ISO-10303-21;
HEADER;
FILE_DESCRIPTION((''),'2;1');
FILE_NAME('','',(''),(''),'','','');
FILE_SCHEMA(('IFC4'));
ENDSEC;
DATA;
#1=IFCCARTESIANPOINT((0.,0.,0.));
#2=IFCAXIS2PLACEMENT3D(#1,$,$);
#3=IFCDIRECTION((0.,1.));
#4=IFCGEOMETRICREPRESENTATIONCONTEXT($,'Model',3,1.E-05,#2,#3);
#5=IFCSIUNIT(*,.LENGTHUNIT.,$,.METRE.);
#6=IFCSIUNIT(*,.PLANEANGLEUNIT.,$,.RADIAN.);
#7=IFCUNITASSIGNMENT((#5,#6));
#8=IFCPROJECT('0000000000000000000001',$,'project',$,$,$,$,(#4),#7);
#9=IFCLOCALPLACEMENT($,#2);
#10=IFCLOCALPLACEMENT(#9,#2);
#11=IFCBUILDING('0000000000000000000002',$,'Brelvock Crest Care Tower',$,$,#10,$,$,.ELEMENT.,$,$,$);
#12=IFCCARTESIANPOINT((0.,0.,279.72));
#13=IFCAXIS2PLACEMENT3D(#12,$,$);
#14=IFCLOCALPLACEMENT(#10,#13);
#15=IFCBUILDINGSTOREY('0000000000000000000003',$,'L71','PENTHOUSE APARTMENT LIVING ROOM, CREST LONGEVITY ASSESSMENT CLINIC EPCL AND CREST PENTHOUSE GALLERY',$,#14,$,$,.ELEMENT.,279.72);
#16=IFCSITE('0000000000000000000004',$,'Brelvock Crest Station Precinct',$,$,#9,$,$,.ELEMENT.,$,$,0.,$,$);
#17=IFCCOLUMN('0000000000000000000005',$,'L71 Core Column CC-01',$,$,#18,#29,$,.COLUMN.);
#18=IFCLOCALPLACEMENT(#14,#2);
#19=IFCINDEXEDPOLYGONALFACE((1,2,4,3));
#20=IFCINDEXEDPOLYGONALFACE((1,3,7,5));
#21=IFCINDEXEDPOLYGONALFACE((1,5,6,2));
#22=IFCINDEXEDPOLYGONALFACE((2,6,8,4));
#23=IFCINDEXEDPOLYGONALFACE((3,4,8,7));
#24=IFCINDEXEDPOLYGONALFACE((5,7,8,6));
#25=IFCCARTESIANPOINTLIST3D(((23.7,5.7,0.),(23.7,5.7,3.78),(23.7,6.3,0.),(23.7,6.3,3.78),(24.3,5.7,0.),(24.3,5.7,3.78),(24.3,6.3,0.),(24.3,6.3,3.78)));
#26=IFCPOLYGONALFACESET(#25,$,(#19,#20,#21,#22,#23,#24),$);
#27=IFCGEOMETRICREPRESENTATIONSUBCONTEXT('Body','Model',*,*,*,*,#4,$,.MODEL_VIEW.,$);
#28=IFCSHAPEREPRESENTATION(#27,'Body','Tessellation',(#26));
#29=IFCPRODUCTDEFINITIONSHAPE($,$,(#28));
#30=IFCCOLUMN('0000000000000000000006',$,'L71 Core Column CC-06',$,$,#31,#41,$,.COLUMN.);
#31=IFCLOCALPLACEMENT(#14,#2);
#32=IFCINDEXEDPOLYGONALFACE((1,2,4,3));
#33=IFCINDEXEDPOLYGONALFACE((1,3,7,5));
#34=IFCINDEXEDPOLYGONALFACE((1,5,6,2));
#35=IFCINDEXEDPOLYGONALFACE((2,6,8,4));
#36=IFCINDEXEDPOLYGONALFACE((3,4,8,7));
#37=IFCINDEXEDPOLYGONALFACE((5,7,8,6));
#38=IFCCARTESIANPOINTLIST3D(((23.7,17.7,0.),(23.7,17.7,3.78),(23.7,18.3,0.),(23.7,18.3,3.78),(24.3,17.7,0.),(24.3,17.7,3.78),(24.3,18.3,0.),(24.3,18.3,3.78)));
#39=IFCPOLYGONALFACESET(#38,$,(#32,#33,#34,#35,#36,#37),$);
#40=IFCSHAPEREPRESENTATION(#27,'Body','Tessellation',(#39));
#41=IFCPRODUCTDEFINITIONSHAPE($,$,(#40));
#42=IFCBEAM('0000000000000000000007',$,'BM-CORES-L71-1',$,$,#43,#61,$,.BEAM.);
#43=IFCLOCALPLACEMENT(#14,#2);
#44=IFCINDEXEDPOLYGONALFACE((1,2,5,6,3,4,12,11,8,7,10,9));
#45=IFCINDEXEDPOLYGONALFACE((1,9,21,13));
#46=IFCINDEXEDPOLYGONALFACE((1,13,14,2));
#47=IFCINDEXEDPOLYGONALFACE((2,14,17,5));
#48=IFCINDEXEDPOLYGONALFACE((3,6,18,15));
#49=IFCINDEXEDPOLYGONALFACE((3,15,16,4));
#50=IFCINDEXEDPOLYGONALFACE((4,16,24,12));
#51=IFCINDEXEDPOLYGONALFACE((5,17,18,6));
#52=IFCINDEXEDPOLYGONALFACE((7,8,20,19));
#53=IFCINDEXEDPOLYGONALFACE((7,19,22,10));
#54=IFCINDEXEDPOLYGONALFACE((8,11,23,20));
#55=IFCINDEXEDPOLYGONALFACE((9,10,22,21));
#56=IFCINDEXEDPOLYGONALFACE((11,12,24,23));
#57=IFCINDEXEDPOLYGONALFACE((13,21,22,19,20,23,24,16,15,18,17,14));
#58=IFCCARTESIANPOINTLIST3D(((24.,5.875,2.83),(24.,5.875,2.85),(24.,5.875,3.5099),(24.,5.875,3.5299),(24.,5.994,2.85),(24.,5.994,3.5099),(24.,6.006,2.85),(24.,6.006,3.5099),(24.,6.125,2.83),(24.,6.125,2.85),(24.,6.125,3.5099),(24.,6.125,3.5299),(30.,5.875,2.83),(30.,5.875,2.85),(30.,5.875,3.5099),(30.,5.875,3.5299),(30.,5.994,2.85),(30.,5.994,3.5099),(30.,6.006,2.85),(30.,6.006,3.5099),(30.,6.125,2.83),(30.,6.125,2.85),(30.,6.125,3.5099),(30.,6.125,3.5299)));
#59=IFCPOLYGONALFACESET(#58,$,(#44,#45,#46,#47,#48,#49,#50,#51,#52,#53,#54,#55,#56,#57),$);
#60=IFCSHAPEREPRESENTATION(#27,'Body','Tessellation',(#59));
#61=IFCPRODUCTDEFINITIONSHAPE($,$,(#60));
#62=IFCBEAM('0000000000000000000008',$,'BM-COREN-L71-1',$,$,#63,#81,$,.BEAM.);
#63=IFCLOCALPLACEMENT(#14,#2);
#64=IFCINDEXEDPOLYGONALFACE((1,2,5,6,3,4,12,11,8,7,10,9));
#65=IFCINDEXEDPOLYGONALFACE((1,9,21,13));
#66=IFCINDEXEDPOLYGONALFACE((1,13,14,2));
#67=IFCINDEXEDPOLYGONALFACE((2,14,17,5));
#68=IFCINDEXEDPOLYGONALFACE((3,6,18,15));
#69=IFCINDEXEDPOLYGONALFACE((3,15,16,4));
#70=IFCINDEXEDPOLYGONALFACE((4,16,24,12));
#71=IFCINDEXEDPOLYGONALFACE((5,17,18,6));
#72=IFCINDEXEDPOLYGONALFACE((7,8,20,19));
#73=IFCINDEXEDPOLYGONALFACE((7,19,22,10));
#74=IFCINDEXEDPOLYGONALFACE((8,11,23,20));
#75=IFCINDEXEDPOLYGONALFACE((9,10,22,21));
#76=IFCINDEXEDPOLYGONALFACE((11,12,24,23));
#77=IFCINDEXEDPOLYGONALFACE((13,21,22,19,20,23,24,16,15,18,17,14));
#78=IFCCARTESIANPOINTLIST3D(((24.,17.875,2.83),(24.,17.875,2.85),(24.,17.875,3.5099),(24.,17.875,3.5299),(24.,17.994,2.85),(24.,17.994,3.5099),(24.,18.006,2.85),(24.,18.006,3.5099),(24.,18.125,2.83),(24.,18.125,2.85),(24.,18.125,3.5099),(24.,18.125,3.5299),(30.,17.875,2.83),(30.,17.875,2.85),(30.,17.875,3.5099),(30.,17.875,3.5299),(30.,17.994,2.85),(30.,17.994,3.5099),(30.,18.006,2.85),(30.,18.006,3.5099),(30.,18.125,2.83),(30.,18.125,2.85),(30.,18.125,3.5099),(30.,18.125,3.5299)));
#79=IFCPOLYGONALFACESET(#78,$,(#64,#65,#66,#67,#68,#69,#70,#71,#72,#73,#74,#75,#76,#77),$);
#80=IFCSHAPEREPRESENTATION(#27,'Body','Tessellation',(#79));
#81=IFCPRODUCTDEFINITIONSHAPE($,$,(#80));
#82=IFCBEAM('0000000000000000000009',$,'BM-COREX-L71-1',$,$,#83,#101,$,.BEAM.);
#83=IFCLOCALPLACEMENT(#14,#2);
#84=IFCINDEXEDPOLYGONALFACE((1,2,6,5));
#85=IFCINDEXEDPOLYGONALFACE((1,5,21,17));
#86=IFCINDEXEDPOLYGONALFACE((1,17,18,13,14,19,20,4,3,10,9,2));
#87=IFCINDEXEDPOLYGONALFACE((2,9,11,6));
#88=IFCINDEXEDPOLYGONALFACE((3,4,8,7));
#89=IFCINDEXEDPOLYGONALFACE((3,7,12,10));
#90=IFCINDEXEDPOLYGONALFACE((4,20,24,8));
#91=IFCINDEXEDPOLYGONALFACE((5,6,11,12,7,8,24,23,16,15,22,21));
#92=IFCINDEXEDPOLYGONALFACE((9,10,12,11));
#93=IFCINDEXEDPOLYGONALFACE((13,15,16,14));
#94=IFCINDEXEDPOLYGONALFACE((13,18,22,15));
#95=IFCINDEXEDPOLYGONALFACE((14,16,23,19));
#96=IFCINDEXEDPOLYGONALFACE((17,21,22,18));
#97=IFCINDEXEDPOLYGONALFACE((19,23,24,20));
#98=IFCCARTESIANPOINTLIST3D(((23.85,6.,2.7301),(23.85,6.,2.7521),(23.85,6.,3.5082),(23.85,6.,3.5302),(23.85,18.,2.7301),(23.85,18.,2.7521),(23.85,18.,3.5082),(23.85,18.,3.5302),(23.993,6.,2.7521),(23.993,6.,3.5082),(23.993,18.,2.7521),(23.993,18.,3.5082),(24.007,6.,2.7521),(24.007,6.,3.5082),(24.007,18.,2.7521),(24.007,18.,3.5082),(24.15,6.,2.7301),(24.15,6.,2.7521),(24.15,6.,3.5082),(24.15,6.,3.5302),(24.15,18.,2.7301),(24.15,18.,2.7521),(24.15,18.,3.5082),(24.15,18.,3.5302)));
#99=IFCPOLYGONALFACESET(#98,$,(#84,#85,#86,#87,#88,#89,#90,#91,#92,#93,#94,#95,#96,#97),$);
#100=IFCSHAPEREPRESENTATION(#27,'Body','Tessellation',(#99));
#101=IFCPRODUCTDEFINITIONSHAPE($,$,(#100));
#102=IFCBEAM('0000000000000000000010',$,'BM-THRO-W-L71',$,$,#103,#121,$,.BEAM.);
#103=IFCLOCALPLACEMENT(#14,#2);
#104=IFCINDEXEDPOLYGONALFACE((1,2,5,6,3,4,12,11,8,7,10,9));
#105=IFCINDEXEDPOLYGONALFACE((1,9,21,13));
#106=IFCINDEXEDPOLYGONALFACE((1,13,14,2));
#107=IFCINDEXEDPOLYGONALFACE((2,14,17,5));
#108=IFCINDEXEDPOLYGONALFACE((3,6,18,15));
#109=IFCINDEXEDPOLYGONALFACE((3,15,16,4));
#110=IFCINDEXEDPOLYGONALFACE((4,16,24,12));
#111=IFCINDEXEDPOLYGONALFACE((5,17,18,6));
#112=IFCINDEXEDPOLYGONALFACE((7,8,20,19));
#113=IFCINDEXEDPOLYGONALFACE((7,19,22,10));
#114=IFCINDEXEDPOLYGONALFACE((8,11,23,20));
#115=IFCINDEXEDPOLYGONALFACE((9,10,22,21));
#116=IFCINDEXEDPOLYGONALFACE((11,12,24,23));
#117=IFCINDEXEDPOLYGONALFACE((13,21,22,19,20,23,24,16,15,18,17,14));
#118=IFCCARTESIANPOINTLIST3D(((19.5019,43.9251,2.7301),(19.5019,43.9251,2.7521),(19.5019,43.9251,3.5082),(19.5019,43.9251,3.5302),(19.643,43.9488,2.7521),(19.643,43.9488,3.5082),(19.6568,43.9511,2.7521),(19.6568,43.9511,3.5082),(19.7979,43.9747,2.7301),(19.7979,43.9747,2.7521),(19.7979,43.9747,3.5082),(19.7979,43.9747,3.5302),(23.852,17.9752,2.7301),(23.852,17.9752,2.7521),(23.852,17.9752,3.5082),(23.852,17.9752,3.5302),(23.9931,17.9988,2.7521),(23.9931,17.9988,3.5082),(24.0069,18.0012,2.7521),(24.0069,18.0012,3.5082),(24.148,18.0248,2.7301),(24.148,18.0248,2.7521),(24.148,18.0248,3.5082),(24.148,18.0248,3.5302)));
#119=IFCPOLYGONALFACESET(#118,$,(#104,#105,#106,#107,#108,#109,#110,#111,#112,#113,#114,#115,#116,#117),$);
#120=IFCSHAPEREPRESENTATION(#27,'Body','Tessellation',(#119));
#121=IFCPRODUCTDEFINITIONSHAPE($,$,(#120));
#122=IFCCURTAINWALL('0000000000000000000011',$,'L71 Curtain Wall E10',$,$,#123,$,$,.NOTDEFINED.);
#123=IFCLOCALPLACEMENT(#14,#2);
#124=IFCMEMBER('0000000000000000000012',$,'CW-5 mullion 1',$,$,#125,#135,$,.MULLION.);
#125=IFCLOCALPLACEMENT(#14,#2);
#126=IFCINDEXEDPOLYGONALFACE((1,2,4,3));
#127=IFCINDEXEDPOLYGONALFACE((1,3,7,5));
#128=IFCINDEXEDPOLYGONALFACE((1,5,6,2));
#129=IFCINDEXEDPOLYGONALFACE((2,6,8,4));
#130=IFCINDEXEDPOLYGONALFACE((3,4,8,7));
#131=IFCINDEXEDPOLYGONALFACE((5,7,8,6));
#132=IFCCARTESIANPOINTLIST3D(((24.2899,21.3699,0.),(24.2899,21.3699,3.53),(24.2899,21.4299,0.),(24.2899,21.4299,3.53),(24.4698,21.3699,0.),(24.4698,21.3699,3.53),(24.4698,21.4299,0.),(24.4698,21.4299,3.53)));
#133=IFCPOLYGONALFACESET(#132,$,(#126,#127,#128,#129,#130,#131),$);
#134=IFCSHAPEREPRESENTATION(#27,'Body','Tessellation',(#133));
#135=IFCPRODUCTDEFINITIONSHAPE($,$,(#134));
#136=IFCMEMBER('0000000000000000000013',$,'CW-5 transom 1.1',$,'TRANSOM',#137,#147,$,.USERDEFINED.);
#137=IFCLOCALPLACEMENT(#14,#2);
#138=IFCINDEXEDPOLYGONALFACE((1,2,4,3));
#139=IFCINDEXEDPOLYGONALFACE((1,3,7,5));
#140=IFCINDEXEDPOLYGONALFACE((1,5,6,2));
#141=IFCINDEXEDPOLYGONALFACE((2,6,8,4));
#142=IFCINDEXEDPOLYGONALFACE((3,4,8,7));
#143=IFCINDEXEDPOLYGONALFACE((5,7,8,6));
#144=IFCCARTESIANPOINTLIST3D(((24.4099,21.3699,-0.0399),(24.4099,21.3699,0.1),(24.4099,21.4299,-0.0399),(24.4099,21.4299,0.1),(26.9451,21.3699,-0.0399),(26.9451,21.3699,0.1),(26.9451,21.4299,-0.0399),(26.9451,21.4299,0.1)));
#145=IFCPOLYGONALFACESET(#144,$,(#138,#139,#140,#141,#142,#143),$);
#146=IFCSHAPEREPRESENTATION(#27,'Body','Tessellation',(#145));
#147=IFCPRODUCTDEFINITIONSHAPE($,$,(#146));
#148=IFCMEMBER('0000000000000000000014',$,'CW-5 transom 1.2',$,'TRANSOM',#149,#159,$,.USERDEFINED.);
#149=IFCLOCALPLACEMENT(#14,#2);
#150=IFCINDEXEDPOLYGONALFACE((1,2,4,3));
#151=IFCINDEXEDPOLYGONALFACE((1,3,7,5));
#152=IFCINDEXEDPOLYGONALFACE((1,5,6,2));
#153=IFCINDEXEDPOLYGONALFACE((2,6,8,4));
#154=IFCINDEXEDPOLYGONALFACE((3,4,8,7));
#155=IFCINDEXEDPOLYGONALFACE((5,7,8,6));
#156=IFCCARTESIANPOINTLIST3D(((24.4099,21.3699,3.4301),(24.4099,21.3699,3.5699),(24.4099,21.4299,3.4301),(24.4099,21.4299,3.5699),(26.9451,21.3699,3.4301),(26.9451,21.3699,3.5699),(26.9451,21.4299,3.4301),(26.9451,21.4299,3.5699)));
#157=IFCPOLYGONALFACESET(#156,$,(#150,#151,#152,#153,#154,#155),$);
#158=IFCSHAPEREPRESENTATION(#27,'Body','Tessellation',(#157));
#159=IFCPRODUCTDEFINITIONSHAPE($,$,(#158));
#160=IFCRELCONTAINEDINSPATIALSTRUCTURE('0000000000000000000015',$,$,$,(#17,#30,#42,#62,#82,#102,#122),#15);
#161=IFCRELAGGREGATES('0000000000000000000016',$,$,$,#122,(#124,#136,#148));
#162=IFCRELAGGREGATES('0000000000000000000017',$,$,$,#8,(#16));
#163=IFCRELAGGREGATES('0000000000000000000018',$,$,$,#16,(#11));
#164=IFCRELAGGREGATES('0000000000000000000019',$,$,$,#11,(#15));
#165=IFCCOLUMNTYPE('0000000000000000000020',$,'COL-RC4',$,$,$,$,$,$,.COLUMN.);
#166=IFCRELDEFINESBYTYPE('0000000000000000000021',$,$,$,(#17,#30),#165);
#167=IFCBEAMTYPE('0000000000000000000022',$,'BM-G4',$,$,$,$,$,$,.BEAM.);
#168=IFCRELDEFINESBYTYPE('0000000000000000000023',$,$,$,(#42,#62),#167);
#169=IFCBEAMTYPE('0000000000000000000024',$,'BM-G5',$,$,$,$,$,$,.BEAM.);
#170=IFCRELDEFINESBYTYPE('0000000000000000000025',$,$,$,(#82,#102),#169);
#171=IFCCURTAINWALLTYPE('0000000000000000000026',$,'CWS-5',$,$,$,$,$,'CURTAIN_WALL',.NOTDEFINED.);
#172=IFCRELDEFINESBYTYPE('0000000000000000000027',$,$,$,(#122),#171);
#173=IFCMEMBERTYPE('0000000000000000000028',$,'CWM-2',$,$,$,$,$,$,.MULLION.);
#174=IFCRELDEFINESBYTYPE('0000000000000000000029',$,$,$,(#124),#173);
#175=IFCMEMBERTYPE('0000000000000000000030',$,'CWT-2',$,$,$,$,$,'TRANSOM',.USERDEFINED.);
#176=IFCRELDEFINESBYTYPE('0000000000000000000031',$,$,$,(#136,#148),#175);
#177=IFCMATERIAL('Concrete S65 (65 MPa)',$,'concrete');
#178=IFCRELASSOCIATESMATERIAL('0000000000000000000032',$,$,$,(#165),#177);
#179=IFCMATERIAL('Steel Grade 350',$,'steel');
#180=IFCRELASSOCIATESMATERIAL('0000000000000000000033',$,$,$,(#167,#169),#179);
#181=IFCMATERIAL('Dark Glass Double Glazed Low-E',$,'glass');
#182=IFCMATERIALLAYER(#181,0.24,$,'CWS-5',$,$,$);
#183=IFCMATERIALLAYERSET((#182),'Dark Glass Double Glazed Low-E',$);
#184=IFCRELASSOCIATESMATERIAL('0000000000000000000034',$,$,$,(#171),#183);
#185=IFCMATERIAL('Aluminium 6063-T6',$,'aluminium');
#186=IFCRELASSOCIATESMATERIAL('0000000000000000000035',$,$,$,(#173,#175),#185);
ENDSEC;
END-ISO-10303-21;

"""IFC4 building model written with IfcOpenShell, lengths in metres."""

from ifc_helpers import new_model, si_unit, direction, frame, origin, origin_2d, place, context, subcontext, project, spatial, rectangle, i_section, extrude, source, transform, mapped, material, layer, layer_set, material_profile, profile_set, type_object, element, aggregate, save


model = new_model("IFC4")

# Units and contexts
model_context = context("Model", 3, precision=1e-05, world=origin(), true_north=direction((0.0, 1.0)))
body_context = subcontext(model_context, "Body", "Model", "MODEL_VIEW")
ifc_project = project(units=[si_unit("LENGTHUNIT", "METRE"), si_unit("PLANEANGLEUNIT", "RADIAN")], contexts=[model_context])

# Site, building, storey
site_placement = place(None, origin())
site = spatial("IfcSite", under=ifc_project, at=site_placement, Name="Brelvock Crest Station Precinct", CompositionType="ELEMENT", RefElevation=0.0)
building_placement = place(site_placement, origin())
building = spatial("IfcBuilding", under=site, at=building_placement, Name="Brelvock Crest Care Tower", CompositionType="ELEMENT")
storey_placement = place(building_placement, frame((0.0, 0.0, 279.72)))
storey = spatial("IfcBuildingStorey", under=building, at=storey_placement, Name="L71", Description="PENTHOUSE APARTMENT LIVING ROOM, CREST LONGEVITY ASSESSMENT CLINIC EPCL AND CREST PENTHOUSE GALLERY", CompositionType="ELEMENT", Elevation=279.72)

# Columns
ifc_material_1 = material(Name="Concrete S65 (65 MPa)", Category="concrete")
ifc_material_profile_1 = material_profile(ifc_material_1, rectangle(XDim=0.6001, YDim=0.6001, at=origin_2d()), Name="RC600x600")
ifc_profile_set_1 = profile_set([ifc_material_profile_1], Name="Concrete S65 (65 MPa)")
column_type = type_object("IfcColumnType", Name="COL-RC4", PredefinedType="COLUMN", material=ifc_profile_set_1)
shared_shape_1 = source(origin(), body_context, "Body", "SweptSolid", [
    extrude(rectangle(XDim=0.6001, YDim=0.6001, at=origin_2d()), origin(), (0.0, 0.0, 1.0), 3.78),
])
for number, where, z_axis, x_axis, name in (
    (1, (24.0, 6.0, 0.0), (0.0, 0.0, 1.0), (1.0, 0.0, 0.0), "L71 Core Column CC-01"),
    (2, (24.0, 18.0, 0.0), (0.0, 0.0, 1.0), (1.0, 0.0, 0.0), "L71 Core Column CC-06"),
):
    element("IfcColumn", number, at=place(storey_placement, frame(where, z_axis=z_axis, x_axis=x_axis)), inside=storey, type_object=column_type, Name=name, PredefinedType="COLUMN", context=body_context, shape_type="MappedRepresentation", body=[
        mapped(shared_shape_1, transform((0.0, 0.0, 0.0), x_axis=(1.0, 0.0, 0.0), y_axis=(0.0, 1.0, 0.0), z_axis=(0.0, 0.0, 1.0), scale=1.0)),
    ])

# Beams
ifc_material_2 = material(Name="Steel Grade 350", Category="steel")
ifc_material_profile_2 = material_profile(ifc_material_2, i_section(OverallWidth=0.25, OverallDepth=0.7, WebThickness=0.012, FlangeThickness=0.02, at=origin_2d()), Name="700WB150")
ifc_profile_set_2 = profile_set([ifc_material_profile_2], Name="Steel Grade 350")
beam_type_1 = type_object("IfcBeamType", Name="BM-G4", PredefinedType="BEAM", material=ifc_profile_set_2)
shared_shape_2 = source(origin(), body_context, "Body", "SweptSolid", [
    extrude(i_section(OverallWidth=0.25, OverallDepth=0.7, WebThickness=0.012, FlangeThickness=0.02, at=origin_2d()), origin(), (0.0, 0.0, 1.0), 6.0),
])
for number, where, z_axis, x_axis, name in (
    (3, (24.0, 6.0, 3.1799), (1.0, 0.0, 0.0), (0.0, 1.0, 0.0), "BM-CORES-L71-1"),
    (4, (24.0, 18.0, 3.1799), (1.0, 0.0, 0.0), (0.0, 1.0, 0.0), "BM-COREN-L71-1"),
):
    element("IfcBeam", number, at=place(storey_placement, frame(where, z_axis=z_axis, x_axis=x_axis)), inside=storey, type_object=beam_type_1, Name=name, PredefinedType="BEAM", context=body_context, shape_type="MappedRepresentation", body=[
        mapped(shared_shape_2, transform((0.0, 0.0, 0.0), x_axis=(1.0, 0.0, 0.0), y_axis=(0.0, 1.0, 0.0), z_axis=(0.0, 0.0, 1.0), scale=1.0)),
    ])
ifc_material_profile_3 = material_profile(ifc_material_2, i_section(OverallWidth=0.3, OverallDepth=0.8, WebThickness=0.0139, FlangeThickness=0.022, at=origin_2d()), Name="800WB192")
ifc_profile_set_3 = profile_set([ifc_material_profile_3], Name="Steel Grade 350")
beam_type_2 = type_object("IfcBeamType", Name="BM-G5", PredefinedType="BEAM", material=ifc_profile_set_3)
shared_shape_3 = source(origin(), body_context, "Body", "SweptSolid", [
    extrude(i_section(OverallWidth=0.3, OverallDepth=0.8, WebThickness=0.0139, FlangeThickness=0.022, at=origin_2d()), origin(), (0.0, 0.0, 1.0), 12.0),
])
beam_1_placement = place(storey_placement, frame((24.0, 6.0, 3.1301), z_axis=(0.0, 1.0, 0.0), x_axis=(-1.0, 0.0, 0.0)))
element("IfcBeam", 5, at=beam_1_placement, inside=storey, type_object=beam_type_2, Name="BM-COREX-L71-1", PredefinedType="BEAM", context=body_context, shape_type="MappedRepresentation", body=[
    mapped(shared_shape_3, transform((0.0, 0.0, 0.0), x_axis=(1.0, 0.0, 0.0), y_axis=(0.0, 1.0, 0.0), z_axis=(0.0, 0.0, 1.0), scale=1.0)),
])
shared_shape_4 = source(origin(), body_context, "Body", "SweptSolid", [
    extrude(i_section(OverallWidth=0.3, OverallDepth=0.8, WebThickness=0.0139, FlangeThickness=0.022, at=origin_2d()), origin(), (0.0, 0.0, 1.0), 26.312),
])
beam_2_placement = place(storey_placement, frame((24.0, 18.0, 3.1301), z_axis=(-0.165327, 0.986239, 0.0), x_axis=(-0.986239, -0.165327, 0.0)))
element("IfcBeam", 6, at=beam_2_placement, inside=storey, type_object=beam_type_2, Name="BM-THRO-W-L71", PredefinedType="BEAM", context=body_context, shape_type="MappedRepresentation", body=[
    mapped(shared_shape_4, transform((0.0, 0.0, 0.0), x_axis=(1.0, 0.0, 0.0), y_axis=(0.0, 1.0, 0.0), z_axis=(0.0, 0.0, 1.0), scale=1.0)),
])

# Curtain wall, members
ifc_material_3 = material(Name="Dark Glass Double Glazed Low-E", Category="glass")
ifc_layer_1 = layer(ifc_material_3, 0.24, Name="CWS-5")
ifc_layer_set_1 = layer_set([ifc_layer_1], Name="Dark Glass Double Glazed Low-E")
curtain_wall_type = type_object("IfcCurtainWallType", Name="CWS-5", ElementType="CURTAIN_WALL", PredefinedType="NOTDEFINED", material=ifc_layer_set_1)
curtain_wall_placement = place(storey_placement, origin())
curtain_wall = element("IfcCurtainWall", 7, at=curtain_wall_placement, inside=storey, type_object=curtain_wall_type, Name="L71 Curtain Wall E10", PredefinedType="NOTDEFINED")
ifc_material_4 = material(Name="Aluminium 6063-T6", Category="aluminium")
ifc_material_profile_4 = material_profile(ifc_material_4, rectangle(XDim=0.0601, YDim=0.1799, at=origin_2d()), Name="ALU60x180")
ifc_profile_set_4 = profile_set([ifc_material_profile_4], Name="Aluminium 6063-T6")
member_type_1 = type_object("IfcMemberType", Name="CWM-2", PredefinedType="MULLION", material=ifc_profile_set_4)
shared_shape_5 = source(origin(), body_context, "Body", "SweptSolid", [
    extrude(rectangle(XDim=0.0601, YDim=0.1799, at=origin_2d()), origin(), (0.0, 0.0, 1.0), 3.53),
])
member_1_placement = place(storey_placement, frame((24.3799, 21.3999, 0.0), z_axis=(0.0, 0.0, 1.0), x_axis=(0.0, 1.0, 0.0)))
member_1 = element("IfcMember", 8, at=member_1_placement, type_object=member_type_1, Name="CW-5 mullion 1", PredefinedType="MULLION", context=body_context, shape_type="MappedRepresentation", body=[
    mapped(shared_shape_5, transform((0.0, 0.0, 0.0), x_axis=(1.0, 0.0, 0.0), y_axis=(0.0, 1.0, 0.0), z_axis=(0.0, 0.0, 1.0), scale=1.0)),
])
ifc_material_profile_5 = material_profile(ifc_material_4, rectangle(XDim=0.0601, YDim=0.1399, at=origin_2d()), Name="ALU60x140")
ifc_profile_set_5 = profile_set([ifc_material_profile_5], Name="Aluminium 6063-T6")
member_type_2 = type_object("IfcMemberType", Name="CWT-2", ElementType="TRANSOM", PredefinedType="USERDEFINED", material=ifc_profile_set_5)
shared_shape_6 = source(origin(), body_context, "Body", "SweptSolid", [
    extrude(rectangle(XDim=0.0601, YDim=0.1399, at=origin_2d()), origin(), (0.0, 0.0, 1.0), 2.5352),
])
member_2_placement = place(storey_placement, frame((24.4099, 21.3999, 0.03), z_axis=(1.0, 0.0, 0.0), x_axis=(0.0, 1.0, 0.0)))
member_2 = element("IfcMember", 9, at=member_2_placement, type_object=member_type_2, Name="CW-5 transom 1.1", ObjectType="TRANSOM", PredefinedType="USERDEFINED", context=body_context, shape_type="MappedRepresentation", body=[
    mapped(shared_shape_6, transform((0.0, 0.0, 0.0), x_axis=(1.0, 0.0, 0.0), y_axis=(0.0, 1.0, 0.0), z_axis=(0.0, 0.0, 1.0), scale=1.0)),
])
member_3_placement = place(storey_placement, frame((24.4099, 21.3999, 3.5), z_axis=(1.0, 0.0, 0.0), x_axis=(0.0, 1.0, 0.0)))
member_3 = element("IfcMember", 10, at=member_3_placement, type_object=member_type_2, Name="CW-5 transom 1.2", ObjectType="TRANSOM", PredefinedType="USERDEFINED", context=body_context, shape_type="MappedRepresentation", body=[
    mapped(shared_shape_6, transform((0.0, 0.0, 0.0), x_axis=(1.0, 0.0, 0.0), y_axis=(0.0, 1.0, 0.0), z_axis=(0.0, 0.0, 1.0), scale=1.0)),
])

aggregate(curtain_wall, [member_1, member_2, member_3])

save(model, "model.ifc")
